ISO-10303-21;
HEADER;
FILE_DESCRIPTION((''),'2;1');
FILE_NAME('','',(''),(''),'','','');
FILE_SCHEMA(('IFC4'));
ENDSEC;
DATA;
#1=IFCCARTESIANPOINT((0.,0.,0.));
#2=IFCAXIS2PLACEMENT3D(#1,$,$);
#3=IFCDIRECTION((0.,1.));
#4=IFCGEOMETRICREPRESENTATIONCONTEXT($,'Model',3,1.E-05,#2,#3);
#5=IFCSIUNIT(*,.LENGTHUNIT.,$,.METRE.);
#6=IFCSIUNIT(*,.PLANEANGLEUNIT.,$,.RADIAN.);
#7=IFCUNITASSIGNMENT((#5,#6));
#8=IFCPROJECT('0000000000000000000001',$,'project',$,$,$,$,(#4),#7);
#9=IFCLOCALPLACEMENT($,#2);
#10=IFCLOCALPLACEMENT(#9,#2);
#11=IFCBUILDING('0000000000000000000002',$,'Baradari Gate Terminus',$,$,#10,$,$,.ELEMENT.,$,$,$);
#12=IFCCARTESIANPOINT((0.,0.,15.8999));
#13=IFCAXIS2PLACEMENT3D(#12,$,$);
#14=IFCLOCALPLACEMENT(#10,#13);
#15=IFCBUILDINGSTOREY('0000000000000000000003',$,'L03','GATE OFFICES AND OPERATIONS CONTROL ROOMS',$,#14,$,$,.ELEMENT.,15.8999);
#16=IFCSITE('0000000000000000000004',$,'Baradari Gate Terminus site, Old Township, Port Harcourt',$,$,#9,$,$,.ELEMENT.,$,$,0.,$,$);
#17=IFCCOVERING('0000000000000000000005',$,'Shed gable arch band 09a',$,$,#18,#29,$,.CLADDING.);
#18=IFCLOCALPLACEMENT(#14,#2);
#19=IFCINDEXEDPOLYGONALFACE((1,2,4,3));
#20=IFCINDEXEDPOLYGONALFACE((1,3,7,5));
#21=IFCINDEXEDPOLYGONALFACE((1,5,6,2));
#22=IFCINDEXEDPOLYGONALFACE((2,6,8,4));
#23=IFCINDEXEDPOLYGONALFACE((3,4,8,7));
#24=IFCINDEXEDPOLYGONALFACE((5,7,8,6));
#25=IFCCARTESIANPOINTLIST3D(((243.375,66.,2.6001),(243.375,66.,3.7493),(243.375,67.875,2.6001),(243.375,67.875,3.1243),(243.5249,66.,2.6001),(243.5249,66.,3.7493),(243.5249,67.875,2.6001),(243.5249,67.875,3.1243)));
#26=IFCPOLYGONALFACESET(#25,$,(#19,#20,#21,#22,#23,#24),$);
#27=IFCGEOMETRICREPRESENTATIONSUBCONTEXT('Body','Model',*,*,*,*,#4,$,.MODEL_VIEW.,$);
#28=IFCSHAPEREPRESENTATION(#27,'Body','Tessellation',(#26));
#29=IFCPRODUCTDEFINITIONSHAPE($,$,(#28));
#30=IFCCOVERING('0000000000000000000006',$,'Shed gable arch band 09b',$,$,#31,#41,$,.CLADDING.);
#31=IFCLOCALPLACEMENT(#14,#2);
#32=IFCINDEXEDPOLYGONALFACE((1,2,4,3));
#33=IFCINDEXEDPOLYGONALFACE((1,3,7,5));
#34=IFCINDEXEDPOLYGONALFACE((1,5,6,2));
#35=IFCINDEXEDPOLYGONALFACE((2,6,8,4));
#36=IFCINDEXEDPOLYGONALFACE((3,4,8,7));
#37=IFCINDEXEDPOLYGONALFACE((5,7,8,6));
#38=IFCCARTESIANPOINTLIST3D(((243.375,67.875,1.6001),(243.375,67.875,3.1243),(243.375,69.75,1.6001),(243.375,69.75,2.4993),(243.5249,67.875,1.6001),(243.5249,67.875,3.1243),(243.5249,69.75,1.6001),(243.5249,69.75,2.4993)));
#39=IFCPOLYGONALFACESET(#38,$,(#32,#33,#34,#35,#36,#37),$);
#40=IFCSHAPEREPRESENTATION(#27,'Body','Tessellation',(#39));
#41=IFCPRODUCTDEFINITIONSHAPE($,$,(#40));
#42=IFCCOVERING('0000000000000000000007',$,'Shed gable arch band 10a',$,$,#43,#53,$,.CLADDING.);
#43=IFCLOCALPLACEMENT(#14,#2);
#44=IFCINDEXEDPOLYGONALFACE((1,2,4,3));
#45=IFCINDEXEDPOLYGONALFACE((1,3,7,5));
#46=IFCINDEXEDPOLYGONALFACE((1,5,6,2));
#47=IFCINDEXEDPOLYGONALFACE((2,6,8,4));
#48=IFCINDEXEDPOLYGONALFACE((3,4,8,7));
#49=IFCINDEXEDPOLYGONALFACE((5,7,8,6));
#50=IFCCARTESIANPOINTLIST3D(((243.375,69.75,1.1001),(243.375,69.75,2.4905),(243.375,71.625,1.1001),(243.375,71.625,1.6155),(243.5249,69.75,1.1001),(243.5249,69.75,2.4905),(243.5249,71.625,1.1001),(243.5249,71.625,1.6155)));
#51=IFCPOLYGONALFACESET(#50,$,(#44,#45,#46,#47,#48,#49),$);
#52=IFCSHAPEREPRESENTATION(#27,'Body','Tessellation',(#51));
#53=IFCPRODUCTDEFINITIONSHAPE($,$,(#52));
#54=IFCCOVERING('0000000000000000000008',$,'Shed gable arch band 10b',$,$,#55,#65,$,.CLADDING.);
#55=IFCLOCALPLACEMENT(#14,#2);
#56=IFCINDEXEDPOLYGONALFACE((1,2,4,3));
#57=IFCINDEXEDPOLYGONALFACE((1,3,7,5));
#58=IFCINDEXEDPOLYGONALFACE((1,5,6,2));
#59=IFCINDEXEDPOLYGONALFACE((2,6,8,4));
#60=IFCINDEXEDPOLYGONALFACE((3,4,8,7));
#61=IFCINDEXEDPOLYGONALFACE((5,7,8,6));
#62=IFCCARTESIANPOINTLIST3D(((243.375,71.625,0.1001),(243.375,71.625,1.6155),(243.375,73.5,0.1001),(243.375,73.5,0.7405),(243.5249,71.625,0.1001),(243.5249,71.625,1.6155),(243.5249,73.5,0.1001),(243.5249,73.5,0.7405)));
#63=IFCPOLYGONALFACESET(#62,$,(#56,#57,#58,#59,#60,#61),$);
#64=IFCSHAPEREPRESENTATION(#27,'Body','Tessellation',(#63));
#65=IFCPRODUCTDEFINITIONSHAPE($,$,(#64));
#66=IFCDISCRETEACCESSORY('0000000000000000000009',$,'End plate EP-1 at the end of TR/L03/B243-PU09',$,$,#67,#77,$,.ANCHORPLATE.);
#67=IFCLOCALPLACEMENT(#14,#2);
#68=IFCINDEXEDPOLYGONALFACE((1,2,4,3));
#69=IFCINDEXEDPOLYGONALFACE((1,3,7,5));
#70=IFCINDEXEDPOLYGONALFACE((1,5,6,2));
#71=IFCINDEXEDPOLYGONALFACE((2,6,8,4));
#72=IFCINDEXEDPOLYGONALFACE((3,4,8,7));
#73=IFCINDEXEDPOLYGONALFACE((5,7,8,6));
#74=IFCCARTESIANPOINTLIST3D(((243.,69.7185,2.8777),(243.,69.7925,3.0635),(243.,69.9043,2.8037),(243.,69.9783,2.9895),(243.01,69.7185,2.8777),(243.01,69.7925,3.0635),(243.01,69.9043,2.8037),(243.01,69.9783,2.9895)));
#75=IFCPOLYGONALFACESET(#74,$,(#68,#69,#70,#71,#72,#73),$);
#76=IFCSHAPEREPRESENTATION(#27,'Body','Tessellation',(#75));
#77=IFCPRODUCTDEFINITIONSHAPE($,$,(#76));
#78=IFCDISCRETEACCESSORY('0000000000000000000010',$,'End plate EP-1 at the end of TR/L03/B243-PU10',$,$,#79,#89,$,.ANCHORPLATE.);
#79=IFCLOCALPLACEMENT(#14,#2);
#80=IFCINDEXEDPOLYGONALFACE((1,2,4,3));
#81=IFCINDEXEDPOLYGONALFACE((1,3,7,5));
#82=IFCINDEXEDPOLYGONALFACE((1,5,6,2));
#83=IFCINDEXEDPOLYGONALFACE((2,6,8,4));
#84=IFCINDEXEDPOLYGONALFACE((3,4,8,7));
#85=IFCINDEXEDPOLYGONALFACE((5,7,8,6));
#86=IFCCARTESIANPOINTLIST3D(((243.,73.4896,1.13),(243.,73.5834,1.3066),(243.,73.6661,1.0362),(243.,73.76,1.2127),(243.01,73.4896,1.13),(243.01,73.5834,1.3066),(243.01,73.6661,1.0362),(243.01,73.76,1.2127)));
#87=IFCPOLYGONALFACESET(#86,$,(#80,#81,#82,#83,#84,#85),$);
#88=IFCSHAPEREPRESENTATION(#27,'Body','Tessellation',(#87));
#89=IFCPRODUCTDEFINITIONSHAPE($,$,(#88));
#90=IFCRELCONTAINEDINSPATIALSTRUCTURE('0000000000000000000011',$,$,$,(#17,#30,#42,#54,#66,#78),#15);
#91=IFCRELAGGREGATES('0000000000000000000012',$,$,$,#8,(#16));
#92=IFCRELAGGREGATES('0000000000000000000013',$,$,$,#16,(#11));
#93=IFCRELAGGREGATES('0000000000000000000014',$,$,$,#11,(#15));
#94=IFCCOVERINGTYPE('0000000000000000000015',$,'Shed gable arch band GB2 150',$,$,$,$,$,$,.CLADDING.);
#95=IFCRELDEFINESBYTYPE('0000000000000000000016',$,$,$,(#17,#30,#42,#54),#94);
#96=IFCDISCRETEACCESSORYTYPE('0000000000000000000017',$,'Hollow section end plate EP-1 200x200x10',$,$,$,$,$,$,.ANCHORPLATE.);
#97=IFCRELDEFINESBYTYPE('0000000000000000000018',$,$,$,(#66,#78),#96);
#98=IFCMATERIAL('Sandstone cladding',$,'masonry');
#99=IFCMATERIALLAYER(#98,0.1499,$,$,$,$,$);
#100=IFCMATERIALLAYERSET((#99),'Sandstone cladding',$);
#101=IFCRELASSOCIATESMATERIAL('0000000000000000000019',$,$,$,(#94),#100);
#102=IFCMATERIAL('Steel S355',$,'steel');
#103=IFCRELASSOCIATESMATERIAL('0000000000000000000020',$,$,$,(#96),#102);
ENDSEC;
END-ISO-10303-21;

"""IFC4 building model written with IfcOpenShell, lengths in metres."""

from ifc_helpers import new_model, si_unit, direction, frame, origin, origin_2d, place, context, subcontext, project, spatial, polyline, rectangle, outline, extrude, material, layer, layer_set, type_object, element, save


model = new_model("IFC4")

# Units and contexts
model_context = context("Model", 3, precision=1e-05, world=origin(), true_north=direction((0.0, 1.0)))
body_context = subcontext(model_context, "Body", "Model", "MODEL_VIEW")
ifc_project = project(units=[si_unit("LENGTHUNIT", "METRE"), si_unit("PLANEANGLEUNIT", "RADIAN")], contexts=[model_context])

# Site, building, storey
site_placement = place(None, origin())
site = spatial("IfcSite", under=ifc_project, at=site_placement, Name="Baradari Gate Terminus site, Old Township, Port Harcourt", CompositionType="ELEMENT", RefElevation=0.0)
building_placement = place(site_placement, origin())
building = spatial("IfcBuilding", under=site, at=building_placement, Name="Baradari Gate Terminus", CompositionType="ELEMENT")
storey_placement = place(building_placement, frame((0.0, 0.0, 15.8999)))
storey = spatial("IfcBuildingStorey", under=building, at=storey_placement, Name="L03", Description="GATE OFFICES AND OPERATIONS CONTROL ROOMS", CompositionType="ELEMENT", Elevation=15.8999)

# Coverings
ifc_material_1 = material(Name="Sandstone cladding", Category="masonry")
ifc_layer_1 = layer(ifc_material_1, 0.1499)
ifc_layer_set_1 = layer_set([ifc_layer_1], Name="Sandstone cladding")
covering_type = type_object("IfcCoveringType", Name="Shed gable arch band GB2 150", PredefinedType="CLADDING", material=ifc_layer_set_1)
covering_1_placement = place(storey_placement, frame((243.45, 66.0, 2.6001), z_axis=(0.0, 0.0, 1.0), x_axis=(0.0, 1.0, 0.0)))
element("IfcCovering", 1, at=covering_1_placement, inside=storey, type_object=covering_type, Name="Shed gable arch band 09a", PredefinedType="CLADDING", context=body_context, shape_type="SweptSolid", body=[
    extrude(outline(polyline([(1.875, 0.0), (1.875, 0.5242), (0.0, 1.1492), (0.0, 0.0), (1.875, 0.0)])), frame((0.0, 0.075, 0.0), z_axis=(0.0, -1.0, 0.0), x_axis=(1.0, 0.0, 0.0)), (0.0, 0.0, 1.0), 0.1499),
])
covering_2_placement = place(storey_placement, frame((243.45, 67.875, 1.6001), z_axis=(0.0, 0.0, 1.0), x_axis=(0.0, 1.0, 0.0)))
element("IfcCovering", 2, at=covering_2_placement, inside=storey, type_object=covering_type, Name="Shed gable arch band 09b", PredefinedType="CLADDING", context=body_context, shape_type="SweptSolid", body=[
    extrude(outline(polyline([(1.875, 0.0), (1.875, 0.8992), (0.0, 1.5242), (0.0, 0.0), (1.875, 0.0)])), frame((0.0, 0.075, 0.0), z_axis=(0.0, -1.0, 0.0), x_axis=(1.0, 0.0, 0.0)), (0.0, 0.0, 1.0), 0.1499),
])
covering_3_placement = place(storey_placement, frame((243.45, 69.75, 1.1001), z_axis=(0.0, 0.0, 1.0), x_axis=(0.0, 1.0, 0.0)))
element("IfcCovering", 3, at=covering_3_placement, inside=storey, type_object=covering_type, Name="Shed gable arch band 10a", PredefinedType="CLADDING", context=body_context, shape_type="SweptSolid", body=[
    extrude(outline(polyline([(1.875, 0.0), (1.875, 0.5154), (0.0, 1.3904), (0.0, 0.0), (1.875, 0.0)])), frame((0.0, 0.075, 0.0), z_axis=(0.0, -1.0, 0.0), x_axis=(1.0, 0.0, 0.0)), (0.0, 0.0, 1.0), 0.1499),
])
covering_4_placement = place(storey_placement, frame((243.45, 71.625, 0.1001), z_axis=(0.0, 0.0, 1.0), x_axis=(0.0, 1.0, 0.0)))
element("IfcCovering", 4, at=covering_4_placement, inside=storey, type_object=covering_type, Name="Shed gable arch band 10b", PredefinedType="CLADDING", context=body_context, shape_type="SweptSolid", body=[
    extrude(outline(polyline([(1.875, 0.0), (1.875, 0.6404), (0.0, 1.5154), (0.0, 0.0), (1.875, 0.0)])), frame((0.0, 0.075, 0.0), z_axis=(0.0, -1.0, 0.0), x_axis=(1.0, 0.0, 0.0)), (0.0, 0.0, 1.0), 0.1499),
])

# Discrete accessories
ifc_material_2 = material(Name="Steel S355", Category="steel")
discrete_accessory_type = type_object("IfcDiscreteAccessoryType", Name="Hollow section end plate EP-1 200x200x10", PredefinedType="ANCHORPLATE", material=ifc_material_2)
for number, where, z_axis, x_axis, name in (
    (5, (243.0, 69.8484, 2.9336), (1.0, 0.0, 0.0), (0.0, 0.928965, -0.370167), "End plate EP-1 at the end of TR/L03/B243-PU09"),
    (6, (243.0, 73.6248, 1.1714), (1.0, 0.0, 0.0), (0.0, 0.883027, -0.469322), "End plate EP-1 at the end of TR/L03/B243-PU10"),
):
    element("IfcDiscreteAccessory", number, at=place(storey_placement, frame(where, z_axis=z_axis, x_axis=x_axis)), inside=storey, type_object=discrete_accessory_type, Name=name, PredefinedType="ANCHORPLATE", context=body_context, shape_type="SweptSolid", body=[
        extrude(rectangle(XDim=0.2, YDim=0.2, at=origin_2d()), origin(), (0.0, 0.0, 1.0), 0.01),
    ])

save(model, "model.ifc")
